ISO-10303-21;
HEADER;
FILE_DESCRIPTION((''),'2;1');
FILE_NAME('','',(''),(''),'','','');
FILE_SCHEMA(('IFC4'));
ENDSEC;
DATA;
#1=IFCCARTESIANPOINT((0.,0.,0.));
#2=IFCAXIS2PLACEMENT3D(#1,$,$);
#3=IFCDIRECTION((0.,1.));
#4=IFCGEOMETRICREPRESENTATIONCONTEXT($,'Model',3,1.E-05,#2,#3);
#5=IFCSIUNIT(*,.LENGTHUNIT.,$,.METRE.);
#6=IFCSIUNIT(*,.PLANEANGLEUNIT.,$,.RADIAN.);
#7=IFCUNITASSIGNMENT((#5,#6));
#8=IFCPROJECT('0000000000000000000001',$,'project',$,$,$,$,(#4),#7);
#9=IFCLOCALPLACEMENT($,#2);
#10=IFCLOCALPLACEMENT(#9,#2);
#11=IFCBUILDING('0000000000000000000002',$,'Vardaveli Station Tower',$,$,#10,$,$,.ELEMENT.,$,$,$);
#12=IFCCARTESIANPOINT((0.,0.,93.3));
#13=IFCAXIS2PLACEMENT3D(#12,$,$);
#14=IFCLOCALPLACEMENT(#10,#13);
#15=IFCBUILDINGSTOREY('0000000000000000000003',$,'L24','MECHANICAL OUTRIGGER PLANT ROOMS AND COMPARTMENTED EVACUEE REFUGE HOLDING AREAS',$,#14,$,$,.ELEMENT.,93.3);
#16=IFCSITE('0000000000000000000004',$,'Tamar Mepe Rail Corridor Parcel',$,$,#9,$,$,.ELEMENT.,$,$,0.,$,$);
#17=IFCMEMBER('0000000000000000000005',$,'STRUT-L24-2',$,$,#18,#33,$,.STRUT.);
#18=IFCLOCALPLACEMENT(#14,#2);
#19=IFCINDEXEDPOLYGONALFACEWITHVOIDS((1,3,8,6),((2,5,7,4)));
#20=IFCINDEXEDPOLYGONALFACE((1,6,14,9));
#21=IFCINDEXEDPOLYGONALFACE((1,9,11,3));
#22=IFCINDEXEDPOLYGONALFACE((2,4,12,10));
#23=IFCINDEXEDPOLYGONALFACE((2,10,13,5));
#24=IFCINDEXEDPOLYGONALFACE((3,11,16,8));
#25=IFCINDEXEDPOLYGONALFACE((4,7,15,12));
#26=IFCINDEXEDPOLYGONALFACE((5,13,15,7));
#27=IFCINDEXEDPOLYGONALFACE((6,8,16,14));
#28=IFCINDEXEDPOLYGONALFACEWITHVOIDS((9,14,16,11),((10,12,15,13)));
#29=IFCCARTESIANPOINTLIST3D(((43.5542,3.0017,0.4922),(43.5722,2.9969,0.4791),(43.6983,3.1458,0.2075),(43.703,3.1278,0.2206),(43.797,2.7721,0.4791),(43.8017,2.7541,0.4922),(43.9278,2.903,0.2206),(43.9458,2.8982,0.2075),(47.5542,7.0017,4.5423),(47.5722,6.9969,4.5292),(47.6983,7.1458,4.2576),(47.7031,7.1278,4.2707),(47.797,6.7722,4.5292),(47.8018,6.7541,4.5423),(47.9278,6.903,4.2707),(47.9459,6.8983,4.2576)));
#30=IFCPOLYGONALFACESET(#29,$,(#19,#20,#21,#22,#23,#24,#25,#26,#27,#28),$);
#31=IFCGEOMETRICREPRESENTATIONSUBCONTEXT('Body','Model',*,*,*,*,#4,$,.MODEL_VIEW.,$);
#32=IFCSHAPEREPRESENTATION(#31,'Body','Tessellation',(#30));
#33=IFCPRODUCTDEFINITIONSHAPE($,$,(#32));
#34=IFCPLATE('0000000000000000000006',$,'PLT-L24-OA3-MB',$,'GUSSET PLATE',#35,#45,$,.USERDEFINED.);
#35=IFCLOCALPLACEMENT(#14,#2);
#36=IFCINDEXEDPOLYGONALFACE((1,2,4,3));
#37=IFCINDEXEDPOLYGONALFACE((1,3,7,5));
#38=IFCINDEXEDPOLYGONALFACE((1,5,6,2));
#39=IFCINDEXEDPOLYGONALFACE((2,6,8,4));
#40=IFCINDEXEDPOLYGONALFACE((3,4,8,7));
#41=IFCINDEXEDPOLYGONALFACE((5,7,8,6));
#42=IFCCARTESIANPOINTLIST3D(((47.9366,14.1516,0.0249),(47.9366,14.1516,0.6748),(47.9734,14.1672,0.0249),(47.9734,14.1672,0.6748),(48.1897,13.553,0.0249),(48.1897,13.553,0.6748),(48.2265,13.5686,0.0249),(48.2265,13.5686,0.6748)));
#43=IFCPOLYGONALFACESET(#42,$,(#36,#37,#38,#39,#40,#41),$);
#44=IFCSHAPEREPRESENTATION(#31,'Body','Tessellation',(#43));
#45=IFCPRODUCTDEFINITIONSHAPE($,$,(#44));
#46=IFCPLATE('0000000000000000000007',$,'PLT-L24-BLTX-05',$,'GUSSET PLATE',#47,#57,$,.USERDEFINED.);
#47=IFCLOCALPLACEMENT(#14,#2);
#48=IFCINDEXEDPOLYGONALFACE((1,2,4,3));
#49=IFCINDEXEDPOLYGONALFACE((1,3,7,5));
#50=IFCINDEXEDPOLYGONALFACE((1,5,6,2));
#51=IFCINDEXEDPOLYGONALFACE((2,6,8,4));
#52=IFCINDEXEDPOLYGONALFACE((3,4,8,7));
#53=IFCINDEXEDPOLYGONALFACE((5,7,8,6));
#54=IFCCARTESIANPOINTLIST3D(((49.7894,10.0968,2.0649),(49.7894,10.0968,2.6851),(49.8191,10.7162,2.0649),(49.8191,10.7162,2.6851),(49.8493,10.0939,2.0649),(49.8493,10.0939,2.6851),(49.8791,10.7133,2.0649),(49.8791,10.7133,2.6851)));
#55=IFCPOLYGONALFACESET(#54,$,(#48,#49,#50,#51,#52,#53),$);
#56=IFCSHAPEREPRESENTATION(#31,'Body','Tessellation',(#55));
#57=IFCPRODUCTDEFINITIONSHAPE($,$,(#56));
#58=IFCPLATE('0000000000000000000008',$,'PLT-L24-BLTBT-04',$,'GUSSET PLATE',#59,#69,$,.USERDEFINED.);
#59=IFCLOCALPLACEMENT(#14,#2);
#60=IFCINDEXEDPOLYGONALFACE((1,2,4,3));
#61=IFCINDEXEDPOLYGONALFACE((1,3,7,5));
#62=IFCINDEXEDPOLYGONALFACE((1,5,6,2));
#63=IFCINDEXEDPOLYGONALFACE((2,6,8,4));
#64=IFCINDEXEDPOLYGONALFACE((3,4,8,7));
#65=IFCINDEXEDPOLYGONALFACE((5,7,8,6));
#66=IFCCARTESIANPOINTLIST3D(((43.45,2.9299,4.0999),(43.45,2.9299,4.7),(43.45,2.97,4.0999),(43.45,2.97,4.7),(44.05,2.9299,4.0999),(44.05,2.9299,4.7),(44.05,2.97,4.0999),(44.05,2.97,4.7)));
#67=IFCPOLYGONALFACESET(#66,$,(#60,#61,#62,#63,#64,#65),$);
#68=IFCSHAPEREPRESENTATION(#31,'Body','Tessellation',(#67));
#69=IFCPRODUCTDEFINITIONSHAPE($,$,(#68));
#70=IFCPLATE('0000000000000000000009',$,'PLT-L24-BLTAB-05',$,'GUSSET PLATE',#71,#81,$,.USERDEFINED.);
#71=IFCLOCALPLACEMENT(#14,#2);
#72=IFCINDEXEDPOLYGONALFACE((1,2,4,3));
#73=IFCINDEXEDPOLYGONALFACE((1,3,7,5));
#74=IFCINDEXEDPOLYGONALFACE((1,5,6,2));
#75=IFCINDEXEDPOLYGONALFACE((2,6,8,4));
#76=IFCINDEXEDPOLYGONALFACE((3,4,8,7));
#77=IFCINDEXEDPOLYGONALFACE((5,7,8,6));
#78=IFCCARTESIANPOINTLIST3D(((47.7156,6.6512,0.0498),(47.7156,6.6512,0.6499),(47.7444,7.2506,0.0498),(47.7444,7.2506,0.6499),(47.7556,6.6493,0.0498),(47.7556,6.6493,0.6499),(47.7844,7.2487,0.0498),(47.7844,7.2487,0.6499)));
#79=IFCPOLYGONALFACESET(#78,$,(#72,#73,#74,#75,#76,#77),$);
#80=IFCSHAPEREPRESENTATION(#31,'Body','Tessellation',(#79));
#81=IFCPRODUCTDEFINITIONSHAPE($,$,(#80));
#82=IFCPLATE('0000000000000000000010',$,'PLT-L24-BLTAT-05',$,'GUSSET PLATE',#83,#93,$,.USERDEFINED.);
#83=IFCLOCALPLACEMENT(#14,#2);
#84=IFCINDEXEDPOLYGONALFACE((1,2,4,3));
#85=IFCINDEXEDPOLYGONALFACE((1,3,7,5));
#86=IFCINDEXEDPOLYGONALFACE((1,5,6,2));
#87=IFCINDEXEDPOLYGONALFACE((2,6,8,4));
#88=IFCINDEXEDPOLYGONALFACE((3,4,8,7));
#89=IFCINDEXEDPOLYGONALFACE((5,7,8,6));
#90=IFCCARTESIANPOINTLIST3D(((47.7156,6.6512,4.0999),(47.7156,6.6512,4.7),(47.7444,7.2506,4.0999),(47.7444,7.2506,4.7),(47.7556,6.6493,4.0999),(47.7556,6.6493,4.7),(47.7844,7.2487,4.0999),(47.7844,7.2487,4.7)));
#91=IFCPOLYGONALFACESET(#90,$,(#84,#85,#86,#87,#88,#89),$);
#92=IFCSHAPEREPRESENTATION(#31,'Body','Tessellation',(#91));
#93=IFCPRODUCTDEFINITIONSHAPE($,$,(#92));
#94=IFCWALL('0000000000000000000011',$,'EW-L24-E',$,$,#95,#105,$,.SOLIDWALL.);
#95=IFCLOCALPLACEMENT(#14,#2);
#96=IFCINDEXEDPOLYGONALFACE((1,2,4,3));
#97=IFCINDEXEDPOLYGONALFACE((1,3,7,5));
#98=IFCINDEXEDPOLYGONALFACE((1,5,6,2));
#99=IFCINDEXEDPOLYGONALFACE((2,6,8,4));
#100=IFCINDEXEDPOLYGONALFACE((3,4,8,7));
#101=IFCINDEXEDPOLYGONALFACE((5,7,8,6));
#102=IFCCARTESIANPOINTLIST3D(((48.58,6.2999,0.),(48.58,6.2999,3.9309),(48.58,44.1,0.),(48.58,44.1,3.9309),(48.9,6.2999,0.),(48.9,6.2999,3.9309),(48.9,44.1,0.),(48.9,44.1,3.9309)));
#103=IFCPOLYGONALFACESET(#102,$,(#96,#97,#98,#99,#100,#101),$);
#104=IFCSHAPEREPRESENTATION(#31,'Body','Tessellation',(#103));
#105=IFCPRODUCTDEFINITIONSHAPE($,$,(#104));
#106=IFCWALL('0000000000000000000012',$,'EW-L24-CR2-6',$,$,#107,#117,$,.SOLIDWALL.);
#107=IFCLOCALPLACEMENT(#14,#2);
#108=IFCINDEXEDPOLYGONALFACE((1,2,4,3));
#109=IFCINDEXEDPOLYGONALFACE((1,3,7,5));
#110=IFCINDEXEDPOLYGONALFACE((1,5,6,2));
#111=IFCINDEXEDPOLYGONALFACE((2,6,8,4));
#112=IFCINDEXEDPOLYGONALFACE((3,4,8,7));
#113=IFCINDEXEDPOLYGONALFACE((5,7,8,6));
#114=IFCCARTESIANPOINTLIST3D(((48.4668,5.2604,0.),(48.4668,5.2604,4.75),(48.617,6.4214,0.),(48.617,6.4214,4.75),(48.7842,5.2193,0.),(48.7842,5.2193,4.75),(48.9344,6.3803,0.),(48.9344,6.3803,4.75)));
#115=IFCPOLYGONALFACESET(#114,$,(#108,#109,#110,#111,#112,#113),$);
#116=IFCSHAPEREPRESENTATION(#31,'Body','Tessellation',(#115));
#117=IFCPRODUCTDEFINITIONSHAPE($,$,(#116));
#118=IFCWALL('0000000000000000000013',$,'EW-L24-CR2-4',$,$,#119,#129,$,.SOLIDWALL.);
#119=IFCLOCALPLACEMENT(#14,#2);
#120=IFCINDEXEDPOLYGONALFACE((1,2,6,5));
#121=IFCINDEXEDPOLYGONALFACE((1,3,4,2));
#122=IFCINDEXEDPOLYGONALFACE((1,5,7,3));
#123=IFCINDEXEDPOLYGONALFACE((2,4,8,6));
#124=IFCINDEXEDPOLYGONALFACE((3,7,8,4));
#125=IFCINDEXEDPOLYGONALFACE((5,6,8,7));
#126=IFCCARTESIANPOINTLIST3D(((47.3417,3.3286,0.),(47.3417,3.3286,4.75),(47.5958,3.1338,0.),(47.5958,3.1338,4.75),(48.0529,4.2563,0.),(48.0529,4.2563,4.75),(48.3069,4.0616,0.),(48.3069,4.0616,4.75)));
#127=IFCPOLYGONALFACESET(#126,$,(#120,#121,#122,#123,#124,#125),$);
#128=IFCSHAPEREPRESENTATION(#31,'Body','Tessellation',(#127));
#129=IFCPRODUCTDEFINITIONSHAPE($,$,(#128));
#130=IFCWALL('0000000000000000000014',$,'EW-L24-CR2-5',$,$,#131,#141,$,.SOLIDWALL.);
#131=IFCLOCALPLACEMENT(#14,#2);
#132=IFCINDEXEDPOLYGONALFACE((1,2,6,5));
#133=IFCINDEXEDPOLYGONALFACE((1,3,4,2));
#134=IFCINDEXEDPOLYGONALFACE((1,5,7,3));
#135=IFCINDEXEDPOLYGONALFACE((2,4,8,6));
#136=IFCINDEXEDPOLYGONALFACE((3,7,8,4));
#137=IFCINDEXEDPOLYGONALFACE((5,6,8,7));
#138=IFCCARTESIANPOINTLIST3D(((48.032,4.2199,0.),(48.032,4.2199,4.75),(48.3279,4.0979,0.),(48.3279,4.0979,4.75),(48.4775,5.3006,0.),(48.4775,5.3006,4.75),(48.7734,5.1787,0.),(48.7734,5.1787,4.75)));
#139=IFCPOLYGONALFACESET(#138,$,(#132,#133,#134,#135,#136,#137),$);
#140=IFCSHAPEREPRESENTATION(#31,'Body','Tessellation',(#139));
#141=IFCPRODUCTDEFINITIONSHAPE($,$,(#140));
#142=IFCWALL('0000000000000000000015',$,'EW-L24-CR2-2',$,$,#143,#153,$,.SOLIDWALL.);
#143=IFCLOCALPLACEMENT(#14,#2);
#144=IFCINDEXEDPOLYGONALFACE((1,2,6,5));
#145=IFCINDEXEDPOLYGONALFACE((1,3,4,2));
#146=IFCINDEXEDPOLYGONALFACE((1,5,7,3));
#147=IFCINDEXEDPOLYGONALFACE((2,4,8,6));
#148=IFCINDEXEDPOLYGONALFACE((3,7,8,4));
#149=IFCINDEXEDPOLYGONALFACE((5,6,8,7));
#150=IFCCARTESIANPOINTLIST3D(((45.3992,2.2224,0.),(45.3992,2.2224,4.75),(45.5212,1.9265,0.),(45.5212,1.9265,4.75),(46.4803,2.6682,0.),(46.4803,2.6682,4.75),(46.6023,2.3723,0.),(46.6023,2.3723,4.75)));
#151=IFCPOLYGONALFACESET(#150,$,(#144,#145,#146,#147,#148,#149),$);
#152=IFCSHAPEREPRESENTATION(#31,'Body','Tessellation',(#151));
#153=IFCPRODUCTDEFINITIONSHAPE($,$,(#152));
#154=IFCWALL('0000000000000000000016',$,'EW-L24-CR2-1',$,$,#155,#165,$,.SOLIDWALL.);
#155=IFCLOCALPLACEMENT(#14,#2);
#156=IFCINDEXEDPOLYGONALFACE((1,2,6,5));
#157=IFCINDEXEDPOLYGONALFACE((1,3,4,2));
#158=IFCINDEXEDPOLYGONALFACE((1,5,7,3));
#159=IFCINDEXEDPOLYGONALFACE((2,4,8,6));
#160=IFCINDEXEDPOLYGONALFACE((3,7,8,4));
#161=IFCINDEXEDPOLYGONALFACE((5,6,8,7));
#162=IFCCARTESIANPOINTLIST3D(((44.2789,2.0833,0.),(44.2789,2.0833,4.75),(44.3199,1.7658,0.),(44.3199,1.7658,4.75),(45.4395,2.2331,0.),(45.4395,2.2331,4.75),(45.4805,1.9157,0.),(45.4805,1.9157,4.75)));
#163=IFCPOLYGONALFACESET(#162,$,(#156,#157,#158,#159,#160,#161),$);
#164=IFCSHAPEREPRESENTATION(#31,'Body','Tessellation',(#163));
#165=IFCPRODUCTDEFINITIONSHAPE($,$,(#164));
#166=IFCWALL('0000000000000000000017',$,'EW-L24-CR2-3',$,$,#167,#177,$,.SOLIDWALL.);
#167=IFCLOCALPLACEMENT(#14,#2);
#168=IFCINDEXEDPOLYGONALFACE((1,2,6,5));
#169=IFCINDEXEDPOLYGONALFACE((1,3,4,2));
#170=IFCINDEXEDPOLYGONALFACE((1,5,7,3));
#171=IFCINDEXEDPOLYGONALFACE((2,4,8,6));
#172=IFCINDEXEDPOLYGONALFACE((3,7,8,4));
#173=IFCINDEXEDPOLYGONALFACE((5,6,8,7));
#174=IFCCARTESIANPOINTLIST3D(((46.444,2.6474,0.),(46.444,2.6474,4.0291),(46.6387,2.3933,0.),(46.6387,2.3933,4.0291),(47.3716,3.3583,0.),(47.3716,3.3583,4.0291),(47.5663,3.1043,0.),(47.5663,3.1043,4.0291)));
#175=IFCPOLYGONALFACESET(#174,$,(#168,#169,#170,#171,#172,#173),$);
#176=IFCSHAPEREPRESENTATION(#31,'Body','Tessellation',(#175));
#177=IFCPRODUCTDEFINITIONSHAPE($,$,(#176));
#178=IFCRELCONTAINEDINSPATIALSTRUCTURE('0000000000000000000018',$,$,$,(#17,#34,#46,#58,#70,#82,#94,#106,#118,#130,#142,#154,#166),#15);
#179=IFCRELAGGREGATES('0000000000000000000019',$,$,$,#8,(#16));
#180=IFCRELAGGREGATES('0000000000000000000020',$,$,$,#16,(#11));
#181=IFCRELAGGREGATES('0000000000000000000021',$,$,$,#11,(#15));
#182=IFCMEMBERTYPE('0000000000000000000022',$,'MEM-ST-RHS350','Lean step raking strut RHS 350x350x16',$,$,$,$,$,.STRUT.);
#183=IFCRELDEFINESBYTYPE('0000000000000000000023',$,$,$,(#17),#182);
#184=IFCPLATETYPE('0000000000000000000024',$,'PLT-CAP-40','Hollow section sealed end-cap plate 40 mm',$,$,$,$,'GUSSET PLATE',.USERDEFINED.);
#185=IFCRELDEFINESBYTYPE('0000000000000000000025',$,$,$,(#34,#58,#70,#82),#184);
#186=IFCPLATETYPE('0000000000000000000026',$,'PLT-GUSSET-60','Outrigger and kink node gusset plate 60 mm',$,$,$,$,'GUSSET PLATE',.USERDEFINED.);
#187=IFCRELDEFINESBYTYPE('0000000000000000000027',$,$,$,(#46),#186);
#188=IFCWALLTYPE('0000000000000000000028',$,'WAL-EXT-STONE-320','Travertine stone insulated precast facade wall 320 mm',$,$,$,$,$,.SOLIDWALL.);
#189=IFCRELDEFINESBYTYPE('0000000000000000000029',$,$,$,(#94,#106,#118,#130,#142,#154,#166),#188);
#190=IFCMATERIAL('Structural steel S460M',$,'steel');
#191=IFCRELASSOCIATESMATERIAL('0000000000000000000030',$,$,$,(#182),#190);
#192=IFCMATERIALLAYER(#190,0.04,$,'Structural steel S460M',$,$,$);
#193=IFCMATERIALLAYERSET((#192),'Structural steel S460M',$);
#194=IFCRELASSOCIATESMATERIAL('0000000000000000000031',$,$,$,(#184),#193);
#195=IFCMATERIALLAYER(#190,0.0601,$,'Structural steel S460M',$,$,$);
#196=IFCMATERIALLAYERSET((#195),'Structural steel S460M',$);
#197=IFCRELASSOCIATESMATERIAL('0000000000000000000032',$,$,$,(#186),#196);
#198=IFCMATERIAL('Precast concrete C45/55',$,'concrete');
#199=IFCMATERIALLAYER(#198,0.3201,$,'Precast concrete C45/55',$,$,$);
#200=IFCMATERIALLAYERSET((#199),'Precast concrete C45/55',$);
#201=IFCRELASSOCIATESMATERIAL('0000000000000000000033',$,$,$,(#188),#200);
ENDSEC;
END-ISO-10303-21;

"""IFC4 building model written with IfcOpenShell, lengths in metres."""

from ifc_helpers import new_model, si_unit, direction, frame, frame_2d, origin, origin_2d, place, context, subcontext, project, spatial, rectangle, hollow_rectangle, extrude, source, transform, mapped, material, layer, layer_set, material_profile, profile_set, type_object, element, save


model = new_model("IFC4")

# Units and contexts
model_context = context("Model", 3, precision=1e-05, world=origin(), true_north=direction((0.0, 1.0)))
body_context = subcontext(model_context, "Body", "Model", "MODEL_VIEW")
ifc_project = project(units=[si_unit("LENGTHUNIT", "METRE"), si_unit("PLANEANGLEUNIT", "RADIAN")], contexts=[model_context])

# Site, building, storey
site_placement = place(None, origin())
site = spatial("IfcSite", under=ifc_project, at=site_placement, Name="Tamar Mepe Rail Corridor Parcel", CompositionType="ELEMENT", RefElevation=0.0)
building_placement = place(site_placement, origin())
building = spatial("IfcBuilding", under=site, at=building_placement, Name="Vardaveli Station Tower", CompositionType="ELEMENT")
storey_placement = place(building_placement, frame((0.0, 0.0, 93.3)))
storey = spatial("IfcBuildingStorey", under=building, at=storey_placement, Name="L24", Description="MECHANICAL OUTRIGGER PLANT ROOMS AND COMPARTMENTED EVACUEE REFUGE HOLDING AREAS", CompositionType="ELEMENT", Elevation=93.3)

# Shared definitions
ifc_material_1 = material(Name="Structural steel S460M", Category="steel")

# Member
ifc_material_profile_1 = material_profile(ifc_material_1, hollow_rectangle(XDim=0.3501, YDim=0.3501, WallThickness=0.0161, at=origin_2d()), Name="RHS 350x350x16")
ifc_profile_set_1 = profile_set([ifc_material_profile_1], Name="Structural steel S460M")
member_type_1 = type_object("IfcMemberType", Name="MEM-ST-RHS350", Description="Lean step raking strut RHS 350x350x16", PredefinedType="STRUT", material=ifc_profile_set_1)
shared_shape_1 = source(origin(), body_context, "Body", "SweptSolid", [
    extrude(hollow_rectangle(XDim=0.3501, YDim=0.3501, WallThickness=0.0161, at=origin_2d()), origin(), (0.0, 0.0, 1.0), 6.9573),
])
member_1_placement = place(storey_placement, frame((43.75, 2.95, 0.3499), z_axis=(0.574942, 0.574942, 0.582136), x_axis=(-0.707107, 0.707107, 0.0)))
element("IfcMember", 1, at=member_1_placement, inside=storey, type_object=member_type_1, Name="STRUT-L24-2", PredefinedType="STRUT", context=body_context, shape_type="MappedRepresentation", body=[
    mapped(shared_shape_1, transform((0.0, 0.0, 0.0), scale=1.0)),
])

# Plates
ifc_layer_1 = layer(ifc_material_1, 0.04, Name="Structural steel S460M")
ifc_layer_set_1 = layer_set([ifc_layer_1], Name="Structural steel S460M")
plate_type_1 = type_object("IfcPlateType", Name="PLT-CAP-40", Description="Hollow section sealed end-cap plate 40 mm", ElementType="GUSSET PLATE", PredefinedType="USERDEFINED", material=ifc_layer_set_1)
shared_shape_2 = source(origin(), body_context, "Body", "SweptSolid", [
    extrude(rectangle(XDim=0.6499, YDim=0.04, at=origin_2d()), origin(), (0.0, 0.0, 1.0), 0.6499),
])
plate_1_placement = place(storey_placement, frame((48.0815, 13.8601, 0.0249), z_axis=(0.0, 0.0, 1.0), x_axis=(0.389445, -0.92105, 0.0)))
element("IfcPlate", 2, at=plate_1_placement, inside=storey, type_object=plate_type_1, Name="PLT-L24-OA3-MB", ObjectType="GUSSET PLATE", PredefinedType="USERDEFINED", context=body_context, shape_type="MappedRepresentation", body=[
    mapped(shared_shape_2, transform((0.0, 0.0, 0.0), scale=1.0)),
])
ifc_layer_2 = layer(ifc_material_1, 0.0601, Name="Structural steel S460M")
ifc_layer_set_2 = layer_set([ifc_layer_2], Name="Structural steel S460M")
plate_type_2 = type_object("IfcPlateType", Name="PLT-GUSSET-60", Description="Outrigger and kink node gusset plate 60 mm", ElementType="GUSSET PLATE", PredefinedType="USERDEFINED", material=ifc_layer_set_2)
shared_shape_3 = source(origin(), body_context, "Body", "SweptSolid", [
    extrude(rectangle(XDim=0.6201, YDim=0.0601, at=origin_2d()), origin(), (0.0, 0.0, 1.0), 0.6201),
])
plate_2_placement = place(storey_placement, frame((49.8342, 10.405, 2.0649), z_axis=(0.0, 0.0, 1.0), x_axis=(0.047978, 0.998848, 0.0)))
element("IfcPlate", 3, at=plate_2_placement, inside=storey, type_object=plate_type_2, Name="PLT-L24-BLTX-05", ObjectType="GUSSET PLATE", PredefinedType="USERDEFINED", context=body_context, shape_type="MappedRepresentation", body=[
    mapped(shared_shape_3, transform((0.0, 0.0, 0.0), scale=1.0)),
])
shared_shape_4 = source(origin(), body_context, "Body", "SweptSolid", [
    extrude(rectangle(XDim=0.6001, YDim=0.04, at=origin_2d()), origin(), (0.0, 0.0, 1.0), 0.6001),
])
for number, where, z_axis, x_axis, name in (
    (4, (43.75, 2.95, 4.0999), (0.0, 0.0, 1.0), (1.0, 0.0, 0.0), "PLT-L24-BLTBT-04"),
    (5, (47.75, 6.95, 0.0498), (0.0, 0.0, 1.0), (0.047978, 0.998848, 0.0), "PLT-L24-BLTAB-05"),
    (6, (47.75, 6.95, 4.0999), (0.0, 0.0, 1.0), (0.047978, 0.998848, 0.0), "PLT-L24-BLTAT-05"),
):
    element("IfcPlate", number, at=place(storey_placement, frame(where, z_axis=z_axis, x_axis=x_axis)), inside=storey, type_object=plate_type_1, Name=name, ObjectType="GUSSET PLATE", PredefinedType="USERDEFINED", context=body_context, shape_type="MappedRepresentation", body=[
        mapped(shared_shape_4, transform((0.0, 0.0, 0.0), scale=1.0)),
    ])

# Walls
ifc_material_2 = material(Name="Precast concrete C45/55", Category="concrete")
ifc_layer_3 = layer(ifc_material_2, 0.3201, Name="Precast concrete C45/55")
ifc_layer_set_3 = layer_set([ifc_layer_3], Name="Precast concrete C45/55")
wall_type = type_object("IfcWallType", Name="WAL-EXT-STONE-320", Description="Travertine stone insulated precast facade wall 320 mm", PredefinedType="SOLIDWALL", material=ifc_layer_set_3)
shared_shape_5 = source(origin(), body_context, "Body", "SweptSolid", [
    extrude(rectangle(XDim=37.8, YDim=0.3201, at=frame_2d((18.8999, 0.0))), origin(), (0.0, 0.0, 1.0), 3.9309),
])
wall_1_placement = place(storey_placement, frame((48.74, 6.3, 0.0), z_axis=(0.0, 0.0, 1.0), x_axis=(0.0, 1.0, 0.0)))
element("IfcWall", 7, at=wall_1_placement, inside=storey, type_object=wall_type, Name="EW-L24-E", PredefinedType="SOLIDWALL", context=body_context, shape_type="MappedRepresentation", body=[
    mapped(shared_shape_5, transform((0.0, 0.0, 0.0), scale=1.0)),
])
shared_shape_6 = source(origin(), body_context, "Body", "SweptSolid", [
    extrude(rectangle(XDim=1.1707, YDim=0.3201, at=frame_2d((0.5854, 0.0))), origin(), (0.0, 0.0, 1.0), 4.75),
])
wall_2_placement = place(storey_placement, frame((48.6255, 5.2397, 0.0), z_axis=(0.0, 0.0, 1.0), x_axis=(0.128269, 0.991739, 0.0)))
element("IfcWall", 8, at=wall_2_placement, inside=storey, type_object=wall_type, Name="EW-L24-CR2-6", PredefinedType="SOLIDWALL", context=body_context, shape_type="MappedRepresentation", body=[
    mapped(shared_shape_6, transform((0.0, 0.0, 0.0), scale=1.0)),
])
shared_shape_7 = source(origin(), body_context, "Body", "SweptSolid", [
    extrude(rectangle(XDim=1.1689, YDim=0.3201, at=frame_2d((0.5845, 0.0))), origin(), (0.0, 0.0, 1.0), 4.75),
])
for number, where, z_axis, x_axis, name in (
    (9, (47.4688, 3.2312, 0.0), (0.0, 0.0, 1.0), (0.608388, 0.79364, 0.0), "EW-L24-CR2-4"),
    (10, (48.1799, 4.1589, 0.0), (0.0, 0.0, 1.0), (0.381128, 0.924522, 0.0), "EW-L24-CR2-5"),
):
    element("IfcWall", number, at=place(storey_placement, frame(where, z_axis=z_axis, x_axis=x_axis)), inside=storey, type_object=wall_type, Name=name, PredefinedType="SOLIDWALL", context=body_context, shape_type="MappedRepresentation", body=[
        mapped(shared_shape_7, transform((0.0, 0.0, 0.0), scale=1.0)),
    ])
shared_shape_8 = source(origin(), body_context, "Body", "SweptSolid", [
    extrude(rectangle(XDim=1.1694, YDim=0.3201, at=frame_2d((0.5847, 0.0))), origin(), (0.0, 0.0, 1.0), 4.75),
])
wall_3_placement = place(storey_placement, frame((45.4602, 2.0745, 0.0), z_axis=(0.0, 0.0, 1.0), x_axis=(0.924479, 0.381233, 0.0)))
element("IfcWall", 11, at=wall_3_placement, inside=storey, type_object=wall_type, Name="EW-L24-CR2-2", PredefinedType="SOLIDWALL", context=body_context, shape_type="MappedRepresentation", body=[
    mapped(shared_shape_8, transform((0.0, 0.0, 0.0), scale=1.0)),
])
shared_shape_9 = source(origin(), body_context, "Body", "SweptSolid", [
    extrude(rectangle(XDim=1.1702, YDim=0.3201, at=frame_2d((0.585, 0.0))), origin(), (0.0, 0.0, 1.0), 4.75),
])
wall_4_placement = place(storey_placement, frame((44.2996, 1.9246, 0.0), z_axis=(0.0, 0.0, 1.0), x_axis=(0.991762, 0.12809, 0.0)))
element("IfcWall", 12, at=wall_4_placement, inside=storey, type_object=wall_type, Name="EW-L24-CR2-1", PredefinedType="SOLIDWALL", context=body_context, shape_type="MappedRepresentation", body=[
    mapped(shared_shape_9, transform((0.0, 0.0, 0.0), scale=1.0)),
])
shared_shape_10 = source(origin(), body_context, "Body", "SweptSolid", [
    extrude(rectangle(XDim=1.1687, YDim=0.3201, at=frame_2d((0.5845, 0.0))), origin(), (0.0, 0.0, 1.0), 4.0291),
])
wall_5_placement = place(storey_placement, frame((46.5413, 2.5203, 0.0), z_axis=(0.0, 0.0, 1.0), x_axis=(0.793664, 0.608357, 0.0)))
element("IfcWall", 13, at=wall_5_placement, inside=storey, type_object=wall_type, Name="EW-L24-CR2-3", PredefinedType="SOLIDWALL", context=body_context, shape_type="MappedRepresentation", body=[
    mapped(shared_shape_10, transform((0.0, 0.0, 0.0), scale=1.0)),
])

save(model, "model.ifc")
